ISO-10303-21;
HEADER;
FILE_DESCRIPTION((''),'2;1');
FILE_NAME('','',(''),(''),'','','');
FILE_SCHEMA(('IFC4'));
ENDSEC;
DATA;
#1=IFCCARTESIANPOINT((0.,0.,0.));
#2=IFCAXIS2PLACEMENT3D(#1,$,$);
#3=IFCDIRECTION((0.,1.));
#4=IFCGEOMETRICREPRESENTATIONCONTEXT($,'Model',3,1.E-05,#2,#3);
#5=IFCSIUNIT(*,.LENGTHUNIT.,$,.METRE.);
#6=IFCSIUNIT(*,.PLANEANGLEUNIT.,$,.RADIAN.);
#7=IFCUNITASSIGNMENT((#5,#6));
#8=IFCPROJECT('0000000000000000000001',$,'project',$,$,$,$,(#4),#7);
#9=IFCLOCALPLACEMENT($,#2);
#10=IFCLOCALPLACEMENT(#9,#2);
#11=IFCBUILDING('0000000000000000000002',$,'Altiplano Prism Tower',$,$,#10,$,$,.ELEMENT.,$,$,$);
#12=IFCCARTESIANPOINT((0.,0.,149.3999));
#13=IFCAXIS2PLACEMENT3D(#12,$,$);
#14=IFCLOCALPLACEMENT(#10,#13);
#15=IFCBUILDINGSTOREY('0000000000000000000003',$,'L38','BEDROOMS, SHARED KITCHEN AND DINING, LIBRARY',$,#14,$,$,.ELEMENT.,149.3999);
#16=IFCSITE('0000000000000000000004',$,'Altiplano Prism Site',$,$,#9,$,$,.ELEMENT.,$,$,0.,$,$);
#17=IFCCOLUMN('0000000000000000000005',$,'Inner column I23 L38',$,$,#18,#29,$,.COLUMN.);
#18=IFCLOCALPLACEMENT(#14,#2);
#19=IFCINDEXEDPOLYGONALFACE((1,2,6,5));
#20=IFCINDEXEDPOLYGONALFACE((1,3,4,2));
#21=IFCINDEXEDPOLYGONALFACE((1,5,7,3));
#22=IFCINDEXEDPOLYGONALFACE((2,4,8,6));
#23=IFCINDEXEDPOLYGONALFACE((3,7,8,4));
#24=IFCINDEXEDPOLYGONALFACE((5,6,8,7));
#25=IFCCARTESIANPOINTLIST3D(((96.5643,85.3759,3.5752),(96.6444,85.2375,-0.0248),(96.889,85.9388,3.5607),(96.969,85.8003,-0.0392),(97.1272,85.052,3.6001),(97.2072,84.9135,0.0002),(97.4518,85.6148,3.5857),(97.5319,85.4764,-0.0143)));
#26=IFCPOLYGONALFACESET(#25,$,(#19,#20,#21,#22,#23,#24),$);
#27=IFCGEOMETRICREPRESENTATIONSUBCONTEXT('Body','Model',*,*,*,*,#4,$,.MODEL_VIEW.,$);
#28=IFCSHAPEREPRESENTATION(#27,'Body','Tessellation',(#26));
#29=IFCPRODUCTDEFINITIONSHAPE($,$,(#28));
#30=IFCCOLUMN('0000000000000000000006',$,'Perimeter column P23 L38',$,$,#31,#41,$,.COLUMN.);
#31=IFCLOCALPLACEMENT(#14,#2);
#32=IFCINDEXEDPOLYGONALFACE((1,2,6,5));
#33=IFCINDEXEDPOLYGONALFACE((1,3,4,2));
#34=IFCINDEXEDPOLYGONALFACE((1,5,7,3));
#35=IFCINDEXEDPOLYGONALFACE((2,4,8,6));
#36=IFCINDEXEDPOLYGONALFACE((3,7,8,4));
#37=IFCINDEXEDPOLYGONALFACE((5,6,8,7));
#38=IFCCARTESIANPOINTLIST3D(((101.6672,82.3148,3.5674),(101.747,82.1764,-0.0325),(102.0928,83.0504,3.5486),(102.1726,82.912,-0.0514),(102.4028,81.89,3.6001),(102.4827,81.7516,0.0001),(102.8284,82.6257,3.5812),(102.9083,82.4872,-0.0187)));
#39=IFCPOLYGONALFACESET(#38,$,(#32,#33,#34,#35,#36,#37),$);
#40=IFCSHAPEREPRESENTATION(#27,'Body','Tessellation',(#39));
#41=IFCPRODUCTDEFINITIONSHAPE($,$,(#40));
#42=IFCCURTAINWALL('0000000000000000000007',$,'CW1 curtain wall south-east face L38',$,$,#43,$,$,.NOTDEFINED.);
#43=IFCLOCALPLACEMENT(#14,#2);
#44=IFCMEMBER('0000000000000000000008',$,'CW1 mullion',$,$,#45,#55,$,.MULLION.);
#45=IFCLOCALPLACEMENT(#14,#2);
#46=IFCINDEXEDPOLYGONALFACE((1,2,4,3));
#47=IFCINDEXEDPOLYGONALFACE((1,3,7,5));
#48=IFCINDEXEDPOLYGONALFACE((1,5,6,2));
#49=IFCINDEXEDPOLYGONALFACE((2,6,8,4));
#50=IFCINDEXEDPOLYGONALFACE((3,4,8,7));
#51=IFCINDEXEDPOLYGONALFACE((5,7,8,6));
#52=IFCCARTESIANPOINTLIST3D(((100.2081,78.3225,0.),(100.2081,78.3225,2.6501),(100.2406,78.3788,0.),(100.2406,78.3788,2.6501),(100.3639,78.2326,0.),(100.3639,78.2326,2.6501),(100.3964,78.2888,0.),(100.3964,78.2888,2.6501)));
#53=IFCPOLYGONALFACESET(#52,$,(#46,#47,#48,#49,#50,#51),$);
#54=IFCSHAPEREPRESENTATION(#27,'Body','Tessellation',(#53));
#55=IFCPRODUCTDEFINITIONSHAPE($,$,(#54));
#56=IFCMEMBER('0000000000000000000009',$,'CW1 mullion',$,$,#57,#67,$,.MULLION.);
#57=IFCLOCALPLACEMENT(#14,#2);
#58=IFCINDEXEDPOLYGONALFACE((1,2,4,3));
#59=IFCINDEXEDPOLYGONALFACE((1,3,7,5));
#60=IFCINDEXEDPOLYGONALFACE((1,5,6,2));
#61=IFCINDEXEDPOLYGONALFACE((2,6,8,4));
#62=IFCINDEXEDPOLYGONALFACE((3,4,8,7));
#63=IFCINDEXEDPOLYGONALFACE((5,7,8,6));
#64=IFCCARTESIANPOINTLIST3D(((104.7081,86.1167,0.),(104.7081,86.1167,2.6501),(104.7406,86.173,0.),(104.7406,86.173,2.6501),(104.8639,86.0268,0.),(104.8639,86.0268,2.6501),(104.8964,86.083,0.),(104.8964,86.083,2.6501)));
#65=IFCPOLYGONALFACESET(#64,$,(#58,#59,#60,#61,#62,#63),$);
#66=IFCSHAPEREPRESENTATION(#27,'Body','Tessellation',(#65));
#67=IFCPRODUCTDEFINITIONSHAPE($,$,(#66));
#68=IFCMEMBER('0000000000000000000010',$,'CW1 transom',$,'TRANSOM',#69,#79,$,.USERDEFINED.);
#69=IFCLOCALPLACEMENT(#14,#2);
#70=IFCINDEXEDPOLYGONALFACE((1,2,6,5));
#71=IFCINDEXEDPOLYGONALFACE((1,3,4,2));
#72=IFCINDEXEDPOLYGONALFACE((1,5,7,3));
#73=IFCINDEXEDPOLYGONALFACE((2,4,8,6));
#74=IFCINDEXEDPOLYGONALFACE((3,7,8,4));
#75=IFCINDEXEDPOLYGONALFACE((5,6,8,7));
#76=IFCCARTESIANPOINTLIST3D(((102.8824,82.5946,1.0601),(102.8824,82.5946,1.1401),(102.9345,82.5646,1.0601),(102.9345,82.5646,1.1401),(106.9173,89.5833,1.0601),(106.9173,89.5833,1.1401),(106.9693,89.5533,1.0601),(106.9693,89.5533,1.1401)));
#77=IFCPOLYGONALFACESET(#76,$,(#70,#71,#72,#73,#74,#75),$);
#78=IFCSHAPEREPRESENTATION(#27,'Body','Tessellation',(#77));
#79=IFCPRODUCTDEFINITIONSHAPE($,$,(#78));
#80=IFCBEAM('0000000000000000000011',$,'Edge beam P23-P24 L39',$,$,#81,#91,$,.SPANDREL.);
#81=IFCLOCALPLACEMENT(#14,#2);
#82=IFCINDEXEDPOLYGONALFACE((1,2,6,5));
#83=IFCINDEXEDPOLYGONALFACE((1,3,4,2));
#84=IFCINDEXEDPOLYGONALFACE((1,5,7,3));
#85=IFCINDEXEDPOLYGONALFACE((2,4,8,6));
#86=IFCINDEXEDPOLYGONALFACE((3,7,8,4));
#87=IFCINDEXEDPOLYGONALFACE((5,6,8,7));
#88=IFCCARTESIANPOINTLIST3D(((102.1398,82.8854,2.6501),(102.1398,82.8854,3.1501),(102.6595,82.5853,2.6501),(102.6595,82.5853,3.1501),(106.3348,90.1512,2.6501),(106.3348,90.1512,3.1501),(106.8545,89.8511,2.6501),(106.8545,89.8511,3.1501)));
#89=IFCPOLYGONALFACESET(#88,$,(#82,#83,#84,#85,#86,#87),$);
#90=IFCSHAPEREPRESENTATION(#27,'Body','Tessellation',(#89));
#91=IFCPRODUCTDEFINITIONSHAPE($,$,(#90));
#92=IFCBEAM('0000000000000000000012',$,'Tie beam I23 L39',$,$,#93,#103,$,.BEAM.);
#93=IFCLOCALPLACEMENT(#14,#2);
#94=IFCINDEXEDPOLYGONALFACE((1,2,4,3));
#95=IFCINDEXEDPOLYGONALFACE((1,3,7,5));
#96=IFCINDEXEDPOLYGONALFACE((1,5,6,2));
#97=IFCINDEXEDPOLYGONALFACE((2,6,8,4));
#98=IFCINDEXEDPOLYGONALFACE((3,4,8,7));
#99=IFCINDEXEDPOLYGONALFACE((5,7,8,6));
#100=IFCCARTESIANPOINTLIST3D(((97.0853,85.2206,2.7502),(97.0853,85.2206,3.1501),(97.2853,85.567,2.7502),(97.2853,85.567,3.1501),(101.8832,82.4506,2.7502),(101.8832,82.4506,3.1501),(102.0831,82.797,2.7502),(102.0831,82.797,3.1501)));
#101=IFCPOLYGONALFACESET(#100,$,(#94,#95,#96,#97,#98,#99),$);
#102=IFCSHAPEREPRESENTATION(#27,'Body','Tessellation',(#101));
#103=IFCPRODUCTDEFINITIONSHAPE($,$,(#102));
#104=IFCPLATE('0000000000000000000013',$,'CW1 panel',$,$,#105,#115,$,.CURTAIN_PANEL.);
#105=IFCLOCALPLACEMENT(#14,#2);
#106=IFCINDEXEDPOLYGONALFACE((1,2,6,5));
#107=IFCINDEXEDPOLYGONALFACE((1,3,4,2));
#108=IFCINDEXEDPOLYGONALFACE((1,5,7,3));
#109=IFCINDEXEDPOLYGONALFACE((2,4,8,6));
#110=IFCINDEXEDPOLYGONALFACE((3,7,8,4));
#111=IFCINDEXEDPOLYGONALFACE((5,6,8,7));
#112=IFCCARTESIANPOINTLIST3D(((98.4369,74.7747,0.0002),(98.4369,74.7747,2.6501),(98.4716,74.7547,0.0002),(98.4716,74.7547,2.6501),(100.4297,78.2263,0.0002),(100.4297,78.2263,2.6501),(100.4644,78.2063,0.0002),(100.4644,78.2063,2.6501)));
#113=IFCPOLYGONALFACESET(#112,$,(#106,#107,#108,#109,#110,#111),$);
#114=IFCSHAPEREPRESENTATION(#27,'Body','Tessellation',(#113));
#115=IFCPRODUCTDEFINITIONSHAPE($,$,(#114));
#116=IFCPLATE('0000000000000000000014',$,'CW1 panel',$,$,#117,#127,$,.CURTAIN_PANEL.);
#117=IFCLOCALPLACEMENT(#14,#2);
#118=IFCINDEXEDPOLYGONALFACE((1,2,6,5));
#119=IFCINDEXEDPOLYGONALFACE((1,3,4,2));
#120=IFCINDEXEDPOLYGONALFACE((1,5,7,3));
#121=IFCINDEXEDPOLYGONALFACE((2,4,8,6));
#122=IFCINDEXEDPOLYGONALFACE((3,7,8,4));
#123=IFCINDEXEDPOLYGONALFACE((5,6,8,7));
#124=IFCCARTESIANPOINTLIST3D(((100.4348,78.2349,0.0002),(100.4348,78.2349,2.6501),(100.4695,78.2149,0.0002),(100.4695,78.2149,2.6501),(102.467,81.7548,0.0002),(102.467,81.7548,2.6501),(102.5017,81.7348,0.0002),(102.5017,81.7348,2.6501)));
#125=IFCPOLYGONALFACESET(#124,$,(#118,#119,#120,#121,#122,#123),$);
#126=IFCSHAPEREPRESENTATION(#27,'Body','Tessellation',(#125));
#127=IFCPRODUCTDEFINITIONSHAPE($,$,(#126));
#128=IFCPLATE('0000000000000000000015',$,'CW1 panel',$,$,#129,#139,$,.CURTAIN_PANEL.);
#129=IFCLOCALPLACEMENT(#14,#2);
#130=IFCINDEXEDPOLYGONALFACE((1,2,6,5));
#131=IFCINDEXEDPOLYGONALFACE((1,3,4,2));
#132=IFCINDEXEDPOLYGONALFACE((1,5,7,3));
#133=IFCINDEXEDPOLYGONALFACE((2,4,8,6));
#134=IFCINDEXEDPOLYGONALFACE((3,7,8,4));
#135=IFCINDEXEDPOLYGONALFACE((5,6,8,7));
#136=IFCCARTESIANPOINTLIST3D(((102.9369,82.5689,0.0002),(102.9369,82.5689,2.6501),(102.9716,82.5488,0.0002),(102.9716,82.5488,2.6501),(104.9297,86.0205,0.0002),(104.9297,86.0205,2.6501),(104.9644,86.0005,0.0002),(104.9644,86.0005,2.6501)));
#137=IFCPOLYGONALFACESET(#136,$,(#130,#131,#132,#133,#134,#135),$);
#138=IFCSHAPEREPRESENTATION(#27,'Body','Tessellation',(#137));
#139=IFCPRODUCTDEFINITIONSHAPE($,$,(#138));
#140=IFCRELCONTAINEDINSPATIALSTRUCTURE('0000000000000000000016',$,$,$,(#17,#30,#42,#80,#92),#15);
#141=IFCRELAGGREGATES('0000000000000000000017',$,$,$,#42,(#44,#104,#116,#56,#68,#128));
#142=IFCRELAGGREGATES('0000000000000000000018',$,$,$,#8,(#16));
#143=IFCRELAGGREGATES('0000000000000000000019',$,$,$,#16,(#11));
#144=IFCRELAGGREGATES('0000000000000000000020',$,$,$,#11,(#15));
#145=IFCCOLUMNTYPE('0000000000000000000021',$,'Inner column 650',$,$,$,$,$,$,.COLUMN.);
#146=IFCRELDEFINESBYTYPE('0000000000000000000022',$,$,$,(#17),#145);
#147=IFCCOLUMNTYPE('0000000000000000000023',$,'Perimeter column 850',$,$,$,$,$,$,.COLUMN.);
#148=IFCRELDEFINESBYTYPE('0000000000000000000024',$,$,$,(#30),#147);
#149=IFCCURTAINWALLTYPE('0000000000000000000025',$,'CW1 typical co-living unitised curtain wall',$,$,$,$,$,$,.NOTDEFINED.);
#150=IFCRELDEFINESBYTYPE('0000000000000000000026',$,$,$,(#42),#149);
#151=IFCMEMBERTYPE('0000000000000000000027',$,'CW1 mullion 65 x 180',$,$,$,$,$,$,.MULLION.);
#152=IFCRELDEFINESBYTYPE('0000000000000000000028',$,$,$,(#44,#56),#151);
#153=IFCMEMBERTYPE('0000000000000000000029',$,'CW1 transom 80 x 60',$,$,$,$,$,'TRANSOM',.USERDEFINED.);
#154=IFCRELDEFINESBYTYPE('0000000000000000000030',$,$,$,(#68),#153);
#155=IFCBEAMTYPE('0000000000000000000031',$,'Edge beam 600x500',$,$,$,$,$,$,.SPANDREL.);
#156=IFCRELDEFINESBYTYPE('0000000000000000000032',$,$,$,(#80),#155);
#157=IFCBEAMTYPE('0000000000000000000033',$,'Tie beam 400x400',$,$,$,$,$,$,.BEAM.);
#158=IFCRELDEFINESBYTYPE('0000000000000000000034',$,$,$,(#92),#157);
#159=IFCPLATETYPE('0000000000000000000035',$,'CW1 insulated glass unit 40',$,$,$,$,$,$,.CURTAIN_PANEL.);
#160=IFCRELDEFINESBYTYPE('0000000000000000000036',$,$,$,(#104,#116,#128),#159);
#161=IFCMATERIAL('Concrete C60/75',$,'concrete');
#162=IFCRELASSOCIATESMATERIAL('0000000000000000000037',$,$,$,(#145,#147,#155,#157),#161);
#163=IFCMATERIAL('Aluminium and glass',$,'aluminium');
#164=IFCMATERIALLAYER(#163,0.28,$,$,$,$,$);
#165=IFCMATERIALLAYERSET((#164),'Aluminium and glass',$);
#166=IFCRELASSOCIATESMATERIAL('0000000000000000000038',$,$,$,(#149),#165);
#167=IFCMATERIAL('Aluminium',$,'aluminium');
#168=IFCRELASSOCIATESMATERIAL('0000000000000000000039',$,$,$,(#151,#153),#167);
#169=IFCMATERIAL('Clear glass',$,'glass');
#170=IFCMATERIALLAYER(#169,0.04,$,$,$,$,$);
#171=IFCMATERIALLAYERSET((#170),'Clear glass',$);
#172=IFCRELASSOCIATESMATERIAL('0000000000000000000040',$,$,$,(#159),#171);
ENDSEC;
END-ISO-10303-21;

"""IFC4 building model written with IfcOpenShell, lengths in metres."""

from ifc_helpers import new_model, si_unit, direction, frame, origin, origin_2d, place, context, subcontext, project, spatial, rectangle, extrude, material, layer, layer_set, material_profile, profile_set, type_object, element, aggregate, save


model = new_model("IFC4")

# Units and contexts
model_context = context("Model", 3, precision=1e-05, world=origin(), true_north=direction((0.0, 1.0)))
body_context = subcontext(model_context, "Body", "Model", "MODEL_VIEW")
ifc_project = project(units=[si_unit("LENGTHUNIT", "METRE"), si_unit("PLANEANGLEUNIT", "RADIAN")], contexts=[model_context])

# Site, building, storey
site_placement = place(None, origin())
site = spatial("IfcSite", under=ifc_project, at=site_placement, Name="Altiplano Prism Site", CompositionType="ELEMENT", RefElevation=0.0)
building_placement = place(site_placement, origin())
building = spatial("IfcBuilding", under=site, at=building_placement, Name="Altiplano Prism Tower", CompositionType="ELEMENT")
storey_placement = place(building_placement, frame((0.0, 0.0, 149.3999)))
storey = spatial("IfcBuildingStorey", under=building, at=storey_placement, Name="L38", Description="BEDROOMS, SHARED KITCHEN AND DINING, LIBRARY", CompositionType="ELEMENT", Elevation=149.3999)

# Columns
ifc_material_1 = material(Name="Concrete C60/75", Category="concrete")
ifc_material_profile_1 = material_profile(ifc_material_1, rectangle(XDim=0.6499, YDim=0.6499, at=origin_2d()), Name="Inner column 650")
ifc_profile_set_1 = profile_set([ifc_material_profile_1], Name="Concrete C60/75")
column_type_1 = type_object("IfcColumnType", Name="Inner column 650", PredefinedType="COLUMN", material=ifc_profile_set_1)
column_1_placement = place(storey_placement, frame((97.0881, 85.3569, -0.0195), z_axis=(-0.022223, 0.038416, 0.999015), x_axis=(-0.49951, -0.866024, 0.02219)))
element("IfcColumn", 1, at=column_1_placement, inside=storey, type_object=column_type_1, Name="Inner column I23 L38", PredefinedType="COLUMN", context=body_context, shape_type="SweptSolid", body=[
    extrude(rectangle(XDim=0.6499, YDim=0.6499, at=origin_2d()), origin(), (0.0, 0.0, 1.0), 3.6035),
])
ifc_material_profile_2 = material_profile(ifc_material_1, rectangle(XDim=0.8501, YDim=0.8501, at=origin_2d()), Name="Perimeter column 850")
ifc_profile_set_2 = profile_set([ifc_material_profile_2], Name="Concrete C60/75")
column_type_2 = type_object("IfcColumnType", Name="Perimeter column 850", PredefinedType="COLUMN", material=ifc_profile_set_2)
column_2_placement = place(storey_placement, frame((102.3276, 82.3318, -0.0256), z_axis=(-0.022155, 0.038416, 0.999016), x_axis=(-0.500655, -0.865363, 0.022173)))
element("IfcColumn", 2, at=column_2_placement, inside=storey, type_object=column_type_2, Name="Perimeter column P23 L38", PredefinedType="COLUMN", context=body_context, shape_type="SweptSolid", body=[
    extrude(rectangle(XDim=0.8501, YDim=0.8501, at=origin_2d()), origin(), (0.0, 0.0, 1.0), 3.6035),
])

# Curtain wall, members
ifc_material_2 = material(Name="Aluminium and glass", Category="aluminium")
ifc_layer_1 = layer(ifc_material_2, 0.28)
ifc_layer_set_1 = layer_set([ifc_layer_1], Name="Aluminium and glass")
curtain_wall_type = type_object("IfcCurtainWallType", Name="CW1 typical co-living unitised curtain wall", PredefinedType="NOTDEFINED", material=ifc_layer_set_1)
curtain_wall_placement = place(storey_placement, origin())
curtain_wall = element("IfcCurtainWall", 3, at=curtain_wall_placement, inside=storey, type_object=curtain_wall_type, Name="CW1 curtain wall south-east face L38", PredefinedType="NOTDEFINED")
ifc_material_3 = material(Name="Aluminium", Category="aluminium")
ifc_material_profile_3 = material_profile(ifc_material_3, rectangle(XDim=0.1799, YDim=0.0649, at=origin_2d()), Name="CW1 mullion 65 x 180")
ifc_profile_set_3 = profile_set([ifc_material_profile_3], Name="Aluminium")
member_type_1 = type_object("IfcMemberType", Name="CW1 mullion 65 x 180", PredefinedType="MULLION", material=ifc_profile_set_3)
member_1_placement = place(storey_placement, frame((100.3022, 78.3057, 0.0), z_axis=(0.0, 0.0, 1.0), x_axis=(-0.866025, 0.5, 0.0)))
member_1 = element("IfcMember", 4, at=member_1_placement, type_object=member_type_1, Name="CW1 mullion", PredefinedType="MULLION", context=body_context, shape_type="SweptSolid", body=[
    extrude(rectangle(XDim=0.1799, YDim=0.0649, at=origin_2d()), origin(), (0.0, 0.0, 1.0), 2.6501),
])
member_2_placement = place(storey_placement, frame((104.8022, 86.0999, 0.0), z_axis=(0.0, 0.0, 1.0), x_axis=(-0.866025, 0.5, 0.0)))
member_2 = element("IfcMember", 5, at=member_2_placement, type_object=member_type_1, Name="CW1 mullion", PredefinedType="MULLION", context=body_context, shape_type="SweptSolid", body=[
    extrude(rectangle(XDim=0.1799, YDim=0.0649, at=origin_2d()), origin(), (0.0, 0.0, 1.0), 2.6501),
])
ifc_material_profile_4 = material_profile(ifc_material_3, rectangle(XDim=0.0601, YDim=0.0801, at=origin_2d()), Name="CW1 transom 80 x 60")
ifc_profile_set_4 = profile_set([ifc_material_profile_4], Name="Aluminium")
member_type_2 = type_object("IfcMemberType", Name="CW1 transom 80 x 60", ElementType="TRANSOM", PredefinedType="USERDEFINED", material=ifc_profile_set_4)
member_3_placement = place(storey_placement, frame((102.9084, 82.5796, 1.1001), z_axis=(0.499995, 0.866028, 0.0), x_axis=(-0.866028, 0.499995, 0.0)))
member_3 = element("IfcMember", 6, at=member_3_placement, type_object=member_type_2, Name="CW1 transom", ObjectType="TRANSOM", PredefinedType="USERDEFINED", context=body_context, shape_type="SweptSolid", body=[
    extrude(rectangle(XDim=0.0601, YDim=0.0801, at=origin_2d()), origin(), (0.0, 0.0, 1.0), 8.0698),
])

# Beams
ifc_material_profile_5 = material_profile(ifc_material_1, rectangle(XDim=0.6001, YDim=0.5, at=origin_2d()), Name="Edge beam 600x500")
ifc_profile_set_5 = profile_set([ifc_material_profile_5], Name="Concrete C60/75")
beam_type_1 = type_object("IfcBeamType", Name="Edge beam 600x500", PredefinedType="SPANDREL", material=ifc_profile_set_5)
beam_1_placement = place(storey_placement, frame((102.3997, 82.7354, 2.9001), z_axis=(0.50001, 0.866019, 0.0), x_axis=(-0.866019, 0.50001, 0.0)))
element("IfcBeam", 7, at=beam_1_placement, inside=storey, type_object=beam_type_1, Name="Edge beam P23-P24 L39", PredefinedType="SPANDREL", context=body_context, shape_type="SweptSolid", body=[
    extrude(rectangle(XDim=0.6001, YDim=0.5, at=origin_2d()), origin(), (0.0, 0.0, 1.0), 8.3899),
])
ifc_material_profile_6 = material_profile(ifc_material_1, rectangle(XDim=0.3999, YDim=0.3999, at=origin_2d()), Name="Tie beam 400x400")
ifc_profile_set_6 = profile_set([ifc_material_profile_6], Name="Concrete C60/75")
beam_type_2 = type_object("IfcBeamType", Name="Tie beam 400x400", PredefinedType="BEAM", material=ifc_profile_set_6)
beam_2_placement = place(storey_placement, frame((97.1853, 85.3938, 2.9502), z_axis=(0.866027, -0.499997, 0.0), x_axis=(0.499997, 0.866027, 0.0)))
element("IfcBeam", 8, at=beam_2_placement, inside=storey, type_object=beam_type_2, Name="Tie beam I23 L39", PredefinedType="BEAM", context=body_context, shape_type="SweptSolid", body=[
    extrude(rectangle(XDim=0.3999, YDim=0.3999, at=origin_2d()), origin(), (0.0, 0.0, 1.0), 5.54),
])

# Plates
ifc_material_4 = material(Name="Clear glass", Category="glass")
ifc_layer_2 = layer(ifc_material_4, 0.04)
ifc_layer_set_2 = layer_set([ifc_layer_2], Name="Clear glass")
plate_type = type_object("IfcPlateType", Name="CW1 insulated glass unit 40", PredefinedType="CURTAIN_PANEL", material=ifc_layer_set_2)
plate_1_placement = place(storey_placement, frame((99.4507, 76.4905, 0.0002), z_axis=(0.0, 0.0, 1.0), x_axis=(0.5, 0.866025, 0.0)))
plate_1 = element("IfcPlate", 9, at=plate_1_placement, type_object=plate_type, Name="CW1 panel", PredefinedType="CURTAIN_PANEL", context=body_context, shape_type="SweptSolid", body=[
    extrude(rectangle(XDim=3.9856, YDim=0.04, at=origin_2d()), origin(), (0.0, 0.0, 1.0), 2.6499),
])
plate_2_placement = place(storey_placement, frame((101.4683, 79.9849, 0.0002), z_axis=(0.0, 0.0, 1.0), x_axis=(0.5, 0.866025, 0.0)))
plate_2 = element("IfcPlate", 10, at=plate_2_placement, type_object=plate_type, Name="CW1 panel", PredefinedType="CURTAIN_PANEL", context=body_context, shape_type="SweptSolid", body=[
    extrude(rectangle(XDim=4.0645, YDim=0.04, at=origin_2d()), origin(), (0.0, 0.0, 1.0), 2.6499),
])
plate_3_placement = place(storey_placement, frame((103.9507, 84.2847, 0.0002), z_axis=(0.0, 0.0, 1.0), x_axis=(0.5, 0.866025, 0.0)))
plate_3 = element("IfcPlate", 11, at=plate_3_placement, type_object=plate_type, Name="CW1 panel", PredefinedType="CURTAIN_PANEL", context=body_context, shape_type="SweptSolid", body=[
    extrude(rectangle(XDim=3.9856, YDim=0.04, at=origin_2d()), origin(), (0.0, 0.0, 1.0), 2.6499),
])
aggregate(curtain_wall, [member_1, plate_1, plate_2, member_2, member_3, plate_3])

save(model, "model.ifc")
